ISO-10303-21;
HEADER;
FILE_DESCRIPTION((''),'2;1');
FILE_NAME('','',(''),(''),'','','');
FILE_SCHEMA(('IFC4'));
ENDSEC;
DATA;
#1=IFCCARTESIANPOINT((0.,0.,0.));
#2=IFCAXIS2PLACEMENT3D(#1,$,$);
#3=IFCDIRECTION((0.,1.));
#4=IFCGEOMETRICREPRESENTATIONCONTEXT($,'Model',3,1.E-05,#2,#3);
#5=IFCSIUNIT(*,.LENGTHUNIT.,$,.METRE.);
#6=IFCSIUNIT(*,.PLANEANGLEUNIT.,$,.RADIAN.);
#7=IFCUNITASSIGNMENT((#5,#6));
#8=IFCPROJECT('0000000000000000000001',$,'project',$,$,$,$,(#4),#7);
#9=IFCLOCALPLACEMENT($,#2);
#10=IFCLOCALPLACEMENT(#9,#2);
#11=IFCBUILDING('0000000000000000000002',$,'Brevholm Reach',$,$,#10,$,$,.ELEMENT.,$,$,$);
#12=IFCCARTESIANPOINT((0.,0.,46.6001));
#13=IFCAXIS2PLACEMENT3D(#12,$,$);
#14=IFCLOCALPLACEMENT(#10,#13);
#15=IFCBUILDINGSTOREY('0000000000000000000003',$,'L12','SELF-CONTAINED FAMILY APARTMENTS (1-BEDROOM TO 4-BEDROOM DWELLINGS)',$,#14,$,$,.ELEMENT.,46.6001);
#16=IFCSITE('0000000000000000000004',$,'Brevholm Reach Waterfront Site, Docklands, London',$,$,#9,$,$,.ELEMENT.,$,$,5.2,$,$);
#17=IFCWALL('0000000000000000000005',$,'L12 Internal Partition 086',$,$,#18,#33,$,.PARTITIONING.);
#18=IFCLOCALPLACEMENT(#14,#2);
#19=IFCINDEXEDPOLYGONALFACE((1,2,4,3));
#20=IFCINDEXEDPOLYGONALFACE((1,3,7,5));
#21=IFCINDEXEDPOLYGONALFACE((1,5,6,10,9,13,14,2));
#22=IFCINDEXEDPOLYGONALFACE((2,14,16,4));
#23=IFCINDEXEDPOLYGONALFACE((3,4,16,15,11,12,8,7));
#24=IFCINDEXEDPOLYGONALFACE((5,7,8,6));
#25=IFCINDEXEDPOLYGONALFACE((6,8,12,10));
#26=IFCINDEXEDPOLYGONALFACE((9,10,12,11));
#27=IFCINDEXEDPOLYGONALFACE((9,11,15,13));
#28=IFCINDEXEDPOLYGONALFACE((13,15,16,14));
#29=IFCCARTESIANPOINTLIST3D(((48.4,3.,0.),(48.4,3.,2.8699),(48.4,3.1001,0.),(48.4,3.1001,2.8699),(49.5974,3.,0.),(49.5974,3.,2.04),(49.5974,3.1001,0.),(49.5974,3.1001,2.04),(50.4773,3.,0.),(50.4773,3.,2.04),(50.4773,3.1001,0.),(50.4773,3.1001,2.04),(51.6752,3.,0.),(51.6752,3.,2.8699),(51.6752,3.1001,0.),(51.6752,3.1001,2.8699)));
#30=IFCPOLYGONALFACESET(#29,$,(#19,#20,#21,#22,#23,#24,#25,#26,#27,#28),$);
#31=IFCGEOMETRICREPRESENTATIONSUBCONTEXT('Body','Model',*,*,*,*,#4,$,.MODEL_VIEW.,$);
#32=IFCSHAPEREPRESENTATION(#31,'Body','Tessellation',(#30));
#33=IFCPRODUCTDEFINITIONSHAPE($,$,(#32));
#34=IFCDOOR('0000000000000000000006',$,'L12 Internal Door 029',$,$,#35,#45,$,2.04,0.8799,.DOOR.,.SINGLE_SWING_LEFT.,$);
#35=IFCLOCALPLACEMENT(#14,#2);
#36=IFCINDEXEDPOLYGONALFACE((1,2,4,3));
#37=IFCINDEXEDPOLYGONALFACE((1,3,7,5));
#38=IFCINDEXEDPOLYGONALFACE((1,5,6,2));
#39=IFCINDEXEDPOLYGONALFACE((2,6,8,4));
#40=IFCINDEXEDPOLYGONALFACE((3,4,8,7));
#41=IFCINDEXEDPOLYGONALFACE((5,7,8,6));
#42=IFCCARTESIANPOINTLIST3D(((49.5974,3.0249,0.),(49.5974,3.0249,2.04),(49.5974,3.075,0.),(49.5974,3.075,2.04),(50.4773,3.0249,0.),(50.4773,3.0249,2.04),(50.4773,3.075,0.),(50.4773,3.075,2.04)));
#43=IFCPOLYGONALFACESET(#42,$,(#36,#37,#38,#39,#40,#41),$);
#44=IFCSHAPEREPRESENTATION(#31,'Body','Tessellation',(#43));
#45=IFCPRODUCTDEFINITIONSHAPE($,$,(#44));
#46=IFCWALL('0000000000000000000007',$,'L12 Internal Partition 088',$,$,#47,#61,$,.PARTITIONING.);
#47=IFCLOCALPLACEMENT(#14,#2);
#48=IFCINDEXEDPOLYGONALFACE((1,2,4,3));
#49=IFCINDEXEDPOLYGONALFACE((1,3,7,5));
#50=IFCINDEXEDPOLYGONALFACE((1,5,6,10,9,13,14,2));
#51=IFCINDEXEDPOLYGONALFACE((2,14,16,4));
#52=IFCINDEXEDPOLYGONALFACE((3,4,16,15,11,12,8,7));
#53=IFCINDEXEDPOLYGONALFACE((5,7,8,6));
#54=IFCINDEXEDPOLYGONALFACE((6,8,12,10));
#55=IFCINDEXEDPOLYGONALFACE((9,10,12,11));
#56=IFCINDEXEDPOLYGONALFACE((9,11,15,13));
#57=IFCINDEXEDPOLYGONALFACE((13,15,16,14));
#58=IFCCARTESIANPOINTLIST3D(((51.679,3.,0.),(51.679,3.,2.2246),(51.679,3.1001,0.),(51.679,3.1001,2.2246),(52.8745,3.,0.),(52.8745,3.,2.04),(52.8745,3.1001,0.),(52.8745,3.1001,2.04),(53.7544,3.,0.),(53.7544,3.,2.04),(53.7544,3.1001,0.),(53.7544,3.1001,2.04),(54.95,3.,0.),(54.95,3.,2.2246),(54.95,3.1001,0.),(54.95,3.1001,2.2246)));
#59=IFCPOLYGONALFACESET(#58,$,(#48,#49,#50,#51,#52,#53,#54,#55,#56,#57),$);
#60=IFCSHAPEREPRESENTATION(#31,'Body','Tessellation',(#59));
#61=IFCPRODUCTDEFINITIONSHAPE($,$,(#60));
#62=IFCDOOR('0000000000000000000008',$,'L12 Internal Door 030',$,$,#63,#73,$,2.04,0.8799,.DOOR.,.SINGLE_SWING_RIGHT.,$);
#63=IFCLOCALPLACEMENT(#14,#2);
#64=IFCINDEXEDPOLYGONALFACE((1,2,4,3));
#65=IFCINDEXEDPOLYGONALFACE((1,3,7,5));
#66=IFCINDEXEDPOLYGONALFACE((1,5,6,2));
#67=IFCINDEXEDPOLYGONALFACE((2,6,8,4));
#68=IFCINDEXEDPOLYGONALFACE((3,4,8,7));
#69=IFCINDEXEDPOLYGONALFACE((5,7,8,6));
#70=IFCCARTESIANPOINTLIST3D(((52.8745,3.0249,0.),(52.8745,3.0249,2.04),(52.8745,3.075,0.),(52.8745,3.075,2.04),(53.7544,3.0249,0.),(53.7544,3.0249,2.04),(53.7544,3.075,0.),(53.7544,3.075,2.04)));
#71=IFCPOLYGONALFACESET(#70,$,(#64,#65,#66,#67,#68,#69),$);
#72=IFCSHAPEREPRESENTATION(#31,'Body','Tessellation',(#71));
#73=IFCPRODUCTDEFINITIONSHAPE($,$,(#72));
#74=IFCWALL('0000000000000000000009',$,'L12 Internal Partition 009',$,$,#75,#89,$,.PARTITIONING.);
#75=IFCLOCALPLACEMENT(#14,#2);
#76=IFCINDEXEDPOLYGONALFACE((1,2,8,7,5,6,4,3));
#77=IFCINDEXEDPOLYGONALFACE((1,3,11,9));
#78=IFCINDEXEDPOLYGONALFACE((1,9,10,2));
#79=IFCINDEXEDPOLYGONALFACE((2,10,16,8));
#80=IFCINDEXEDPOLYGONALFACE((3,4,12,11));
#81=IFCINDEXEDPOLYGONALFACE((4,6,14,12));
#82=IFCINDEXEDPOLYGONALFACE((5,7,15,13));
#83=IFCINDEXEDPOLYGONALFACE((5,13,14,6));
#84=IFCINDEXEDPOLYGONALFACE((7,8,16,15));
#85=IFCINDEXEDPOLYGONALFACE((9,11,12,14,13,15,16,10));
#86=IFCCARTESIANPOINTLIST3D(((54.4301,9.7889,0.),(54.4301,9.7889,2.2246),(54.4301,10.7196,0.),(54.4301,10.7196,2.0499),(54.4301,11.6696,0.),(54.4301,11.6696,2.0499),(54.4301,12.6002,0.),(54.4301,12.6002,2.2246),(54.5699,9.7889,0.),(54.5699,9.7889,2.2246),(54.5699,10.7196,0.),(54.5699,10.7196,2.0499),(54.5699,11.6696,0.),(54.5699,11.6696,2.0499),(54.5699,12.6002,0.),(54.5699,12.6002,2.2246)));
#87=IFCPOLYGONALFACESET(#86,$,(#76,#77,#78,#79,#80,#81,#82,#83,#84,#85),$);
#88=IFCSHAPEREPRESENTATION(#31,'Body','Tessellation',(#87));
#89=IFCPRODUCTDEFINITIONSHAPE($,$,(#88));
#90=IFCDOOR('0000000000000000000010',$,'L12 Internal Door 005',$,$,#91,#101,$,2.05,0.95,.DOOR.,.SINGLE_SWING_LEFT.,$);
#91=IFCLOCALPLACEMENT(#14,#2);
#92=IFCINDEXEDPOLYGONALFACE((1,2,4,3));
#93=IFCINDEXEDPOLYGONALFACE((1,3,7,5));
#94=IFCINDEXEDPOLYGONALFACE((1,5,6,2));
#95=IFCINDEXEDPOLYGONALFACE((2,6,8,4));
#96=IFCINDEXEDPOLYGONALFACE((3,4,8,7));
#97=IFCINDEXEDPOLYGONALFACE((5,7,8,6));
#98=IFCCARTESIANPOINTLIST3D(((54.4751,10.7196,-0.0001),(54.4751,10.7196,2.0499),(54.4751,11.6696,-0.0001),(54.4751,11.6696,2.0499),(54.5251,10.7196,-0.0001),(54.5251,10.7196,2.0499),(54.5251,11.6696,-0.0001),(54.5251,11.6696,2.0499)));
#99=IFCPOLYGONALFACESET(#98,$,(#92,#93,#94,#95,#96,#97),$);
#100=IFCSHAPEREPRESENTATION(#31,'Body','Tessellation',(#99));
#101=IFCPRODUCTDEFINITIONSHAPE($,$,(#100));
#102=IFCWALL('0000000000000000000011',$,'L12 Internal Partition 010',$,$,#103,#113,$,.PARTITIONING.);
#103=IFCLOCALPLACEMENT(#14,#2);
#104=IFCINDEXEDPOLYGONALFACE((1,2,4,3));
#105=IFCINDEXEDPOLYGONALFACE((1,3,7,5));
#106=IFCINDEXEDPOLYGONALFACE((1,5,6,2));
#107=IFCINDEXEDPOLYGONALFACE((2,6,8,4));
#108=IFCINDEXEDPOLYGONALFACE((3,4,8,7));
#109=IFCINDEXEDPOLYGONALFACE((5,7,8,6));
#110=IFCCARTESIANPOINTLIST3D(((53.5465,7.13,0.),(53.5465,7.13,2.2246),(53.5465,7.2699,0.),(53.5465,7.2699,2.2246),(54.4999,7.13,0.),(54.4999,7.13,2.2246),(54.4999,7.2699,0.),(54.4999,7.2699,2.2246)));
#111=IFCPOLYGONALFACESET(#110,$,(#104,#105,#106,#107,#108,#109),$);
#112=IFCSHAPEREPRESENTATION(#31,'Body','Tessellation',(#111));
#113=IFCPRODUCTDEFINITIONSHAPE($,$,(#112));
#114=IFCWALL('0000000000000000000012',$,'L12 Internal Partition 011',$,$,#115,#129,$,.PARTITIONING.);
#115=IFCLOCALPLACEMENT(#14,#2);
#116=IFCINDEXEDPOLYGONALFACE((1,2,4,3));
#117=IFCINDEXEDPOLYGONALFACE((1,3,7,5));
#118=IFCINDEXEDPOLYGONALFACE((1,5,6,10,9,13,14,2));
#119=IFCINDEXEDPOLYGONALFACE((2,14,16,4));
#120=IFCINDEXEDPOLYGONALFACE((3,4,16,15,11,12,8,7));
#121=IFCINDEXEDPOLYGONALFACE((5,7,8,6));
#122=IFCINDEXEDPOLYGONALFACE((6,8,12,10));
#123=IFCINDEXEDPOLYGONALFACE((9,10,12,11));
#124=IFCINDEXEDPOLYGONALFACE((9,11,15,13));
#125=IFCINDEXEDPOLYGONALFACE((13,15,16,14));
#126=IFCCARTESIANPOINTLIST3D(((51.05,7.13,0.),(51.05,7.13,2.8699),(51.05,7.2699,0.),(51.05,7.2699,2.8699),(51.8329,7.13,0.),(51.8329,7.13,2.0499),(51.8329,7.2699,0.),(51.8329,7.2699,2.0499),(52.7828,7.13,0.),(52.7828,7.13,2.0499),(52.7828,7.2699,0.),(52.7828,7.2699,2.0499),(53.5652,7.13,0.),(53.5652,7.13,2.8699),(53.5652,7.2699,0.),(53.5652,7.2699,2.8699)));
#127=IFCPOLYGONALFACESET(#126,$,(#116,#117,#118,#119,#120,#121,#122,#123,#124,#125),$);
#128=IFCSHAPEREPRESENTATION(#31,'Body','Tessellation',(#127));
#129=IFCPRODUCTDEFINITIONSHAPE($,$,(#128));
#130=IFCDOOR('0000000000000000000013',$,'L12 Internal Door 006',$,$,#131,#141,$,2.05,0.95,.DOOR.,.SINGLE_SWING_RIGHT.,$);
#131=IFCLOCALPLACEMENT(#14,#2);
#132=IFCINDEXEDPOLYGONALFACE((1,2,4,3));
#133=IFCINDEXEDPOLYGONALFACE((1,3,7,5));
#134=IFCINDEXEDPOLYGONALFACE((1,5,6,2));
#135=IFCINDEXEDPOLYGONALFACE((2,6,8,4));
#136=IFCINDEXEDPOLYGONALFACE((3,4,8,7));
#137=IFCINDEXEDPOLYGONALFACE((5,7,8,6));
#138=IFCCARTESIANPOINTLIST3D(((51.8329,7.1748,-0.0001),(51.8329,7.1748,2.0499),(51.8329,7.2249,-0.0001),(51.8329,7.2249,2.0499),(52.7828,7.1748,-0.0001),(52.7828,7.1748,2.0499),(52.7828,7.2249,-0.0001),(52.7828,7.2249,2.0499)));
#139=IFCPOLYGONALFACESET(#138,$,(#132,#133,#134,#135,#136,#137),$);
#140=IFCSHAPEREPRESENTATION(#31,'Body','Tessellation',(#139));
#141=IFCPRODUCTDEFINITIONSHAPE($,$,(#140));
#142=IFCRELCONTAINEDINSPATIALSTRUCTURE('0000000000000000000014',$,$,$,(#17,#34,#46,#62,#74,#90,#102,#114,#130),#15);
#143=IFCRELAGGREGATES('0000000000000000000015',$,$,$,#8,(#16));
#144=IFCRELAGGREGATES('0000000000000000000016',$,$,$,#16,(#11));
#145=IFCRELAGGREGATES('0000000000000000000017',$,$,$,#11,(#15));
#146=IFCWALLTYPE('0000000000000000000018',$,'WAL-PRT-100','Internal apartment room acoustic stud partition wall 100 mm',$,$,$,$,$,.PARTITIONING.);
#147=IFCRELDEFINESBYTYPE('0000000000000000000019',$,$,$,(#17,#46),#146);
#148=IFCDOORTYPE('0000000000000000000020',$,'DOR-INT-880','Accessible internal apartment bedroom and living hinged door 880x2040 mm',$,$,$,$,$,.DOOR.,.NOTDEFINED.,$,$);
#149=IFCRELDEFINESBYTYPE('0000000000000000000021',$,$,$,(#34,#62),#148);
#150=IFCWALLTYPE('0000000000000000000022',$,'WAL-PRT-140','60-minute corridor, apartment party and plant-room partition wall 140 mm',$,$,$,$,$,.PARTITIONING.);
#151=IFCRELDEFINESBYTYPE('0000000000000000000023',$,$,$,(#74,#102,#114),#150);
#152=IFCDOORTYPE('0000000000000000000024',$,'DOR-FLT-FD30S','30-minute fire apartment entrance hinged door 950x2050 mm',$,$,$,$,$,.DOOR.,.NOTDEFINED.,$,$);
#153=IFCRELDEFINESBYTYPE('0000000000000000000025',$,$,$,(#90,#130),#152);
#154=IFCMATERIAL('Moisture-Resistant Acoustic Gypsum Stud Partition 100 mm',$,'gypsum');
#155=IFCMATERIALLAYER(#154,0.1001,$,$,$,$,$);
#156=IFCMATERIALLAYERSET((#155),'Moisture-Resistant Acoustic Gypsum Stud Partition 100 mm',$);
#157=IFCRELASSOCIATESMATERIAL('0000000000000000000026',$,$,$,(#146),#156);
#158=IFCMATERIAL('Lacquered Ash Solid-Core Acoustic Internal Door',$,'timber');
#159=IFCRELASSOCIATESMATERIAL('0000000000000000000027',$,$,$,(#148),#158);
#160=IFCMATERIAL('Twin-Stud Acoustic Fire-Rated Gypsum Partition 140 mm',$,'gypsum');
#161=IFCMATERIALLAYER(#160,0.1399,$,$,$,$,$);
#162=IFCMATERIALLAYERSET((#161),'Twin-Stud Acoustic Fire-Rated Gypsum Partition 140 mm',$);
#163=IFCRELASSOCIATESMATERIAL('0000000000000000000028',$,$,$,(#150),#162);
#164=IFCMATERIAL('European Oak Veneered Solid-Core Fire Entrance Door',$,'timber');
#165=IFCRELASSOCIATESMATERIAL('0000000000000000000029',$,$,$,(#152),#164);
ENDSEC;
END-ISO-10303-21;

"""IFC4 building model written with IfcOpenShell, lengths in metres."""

from ifc_helpers import new_model, si_unit, direction, frame, frame_2d, origin, place, context, subcontext, project, spatial, rectangle, extrude, material, layer, layer_set, type_object, element, fill, save


model = new_model("IFC4")

# Units and contexts
model_context = context("Model", 3, precision=1e-05, world=origin(), true_north=direction((0.0, 1.0)))
body_context = subcontext(model_context, "Body", "Model", "MODEL_VIEW")
ifc_project = project(units=[si_unit("LENGTHUNIT", "METRE"), si_unit("PLANEANGLEUNIT", "RADIAN")], contexts=[model_context])

# Site, building, storey
site_placement = place(None, origin())
site = spatial("IfcSite", under=ifc_project, at=site_placement, Name="Brevholm Reach Waterfront Site, Docklands, London", CompositionType="ELEMENT", RefElevation=5.2)
building_placement = place(site_placement, origin())
building = spatial("IfcBuilding", under=site, at=building_placement, Name="Brevholm Reach", CompositionType="ELEMENT")
storey_placement = place(building_placement, frame((0.0, 0.0, 46.6001)))
storey = spatial("IfcBuildingStorey", under=building, at=storey_placement, Name="L12", Description="SELF-CONTAINED FAMILY APARTMENTS (1-BEDROOM TO 4-BEDROOM DWELLINGS)", CompositionType="ELEMENT", Elevation=46.6001)

# Shared definitions
ifc_material_1 = material(Name="Moisture-Resistant Acoustic Gypsum Stud Partition 100 mm", Category="gypsum")
ifc_layer_1 = layer(ifc_material_1, 0.1001)
ifc_layer_set_1 = layer_set([ifc_layer_1], Name="Moisture-Resistant Acoustic Gypsum Stud Partition 100 mm")
wall_type_1 = type_object("IfcWallType", Name="WAL-PRT-100", Description="Internal apartment room acoustic stud partition wall 100 mm", PredefinedType="PARTITIONING", material=ifc_layer_set_1)
ifc_material_2 = material(Name="Lacquered Ash Solid-Core Acoustic Internal Door", Category="timber")
door_type_1 = type_object("IfcDoorType", Name="DOR-INT-880", Description="Accessible internal apartment bedroom and living hinged door 880x2040 mm", OperationType="NOTDEFINED", PredefinedType="DOOR", material=ifc_material_2)

# Walls, openings, doors
wall_1_placement = place(storey_placement, frame((48.3999, 3.05, 0.0), z_axis=(0.0, 0.0, 1.0), x_axis=(1.0, 0.0, 0.0)))
wall_1 = element("IfcWall", 1, at=wall_1_placement, inside=storey, type_object=wall_type_1, Name="L12 Internal Partition 086", PredefinedType="PARTITIONING", context=body_context, shape_type="SweptSolid", body=[
    extrude(rectangle(XDim=3.2751, YDim=0.1001, at=frame_2d((1.6377, 0.0))), origin(), (0.0, 0.0, 1.0), 2.8699),
])
opening_1_placement = place(wall_1_placement, frame((1.1975, 0.0, 0.0)))
opening_1 = element("IfcOpeningElement", 2, at=opening_1_placement, cuts=wall_1, PredefinedType="OPENING", context=body_context, shape_type="SweptSolid", body=[
    extrude(rectangle(XDim=0.8799, YDim=2.04, at=frame_2d((0.4399, 1.02))), frame((0.0, 0.0601, 0.0), z_axis=(0.0, -1.0, 0.0), x_axis=(1.0, 0.0, 0.0)), (0.0, 0.0, 1.0), 0.1201),
])
door_1_placement = place(opening_1_placement, origin())
door_1 = element("IfcDoor", 3, at=door_1_placement, inside=storey, type_object=door_type_1, Name="L12 Internal Door 029", OperationType="SINGLE_SWING_LEFT", OverallHeight=2.04, OverallWidth=0.8799, PredefinedType="DOOR", context=body_context, shape_type="SweptSolid", body=[
    extrude(rectangle(XDim=0.8799, YDim=2.04, at=frame_2d((0.4399, 1.02))), frame((0.0, 0.0249, 0.0), z_axis=(0.0, -1.0, 0.0), x_axis=(1.0, 0.0, 0.0)), (0.0, 0.0, 1.0), 0.05),
])
fill(opening_1, door_1)
wall_2_placement = place(storey_placement, frame((51.679, 3.05, 0.0), z_axis=(0.0, 0.0, 1.0), x_axis=(1.0, 0.0, 0.0)))
wall_2 = element("IfcWall", 4, at=wall_2_placement, inside=storey, type_object=wall_type_1, Name="L12 Internal Partition 088", PredefinedType="PARTITIONING", context=body_context, shape_type="SweptSolid", body=[
    extrude(rectangle(XDim=3.271, YDim=0.1001, at=frame_2d((1.6355, 0.0))), origin(), (0.0, 0.0, 1.0), 2.2246),
])
opening_2_placement = place(wall_2_placement, frame((1.1956, 0.0, 0.0)))
opening_2 = element("IfcOpeningElement", 5, at=opening_2_placement, cuts=wall_2, PredefinedType="OPENING", context=body_context, shape_type="SweptSolid", body=[
    extrude(rectangle(XDim=0.8799, YDim=2.04, at=frame_2d((0.4399, 1.02))), frame((0.0, 0.0601, 0.0), z_axis=(0.0, -1.0, 0.0), x_axis=(1.0, 0.0, 0.0)), (0.0, 0.0, 1.0), 0.1201),
])
door_2_placement = place(opening_2_placement, origin())
door_2 = element("IfcDoor", 6, at=door_2_placement, inside=storey, type_object=door_type_1, Name="L12 Internal Door 030", OperationType="SINGLE_SWING_RIGHT", OverallHeight=2.04, OverallWidth=0.8799, PredefinedType="DOOR", context=body_context, shape_type="SweptSolid", body=[
    extrude(rectangle(XDim=0.8799, YDim=2.04, at=frame_2d((0.4399, 1.02))), frame((0.0, 0.0249, 0.0), z_axis=(0.0, -1.0, 0.0), x_axis=(1.0, 0.0, 0.0)), (0.0, 0.0, 1.0), 0.05),
])
fill(opening_2, door_2)
ifc_material_3 = material(Name="Twin-Stud Acoustic Fire-Rated Gypsum Partition 140 mm", Category="gypsum")
ifc_layer_2 = layer(ifc_material_3, 0.1399)
ifc_layer_set_2 = layer_set([ifc_layer_2], Name="Twin-Stud Acoustic Fire-Rated Gypsum Partition 140 mm")
wall_type_2 = type_object("IfcWallType", Name="WAL-PRT-140", Description="60-minute corridor, apartment party and plant-room partition wall 140 mm", PredefinedType="PARTITIONING", material=ifc_layer_set_2)
wall_3_placement = place(storey_placement, frame((54.5, 9.7888, 0.0), z_axis=(0.0, 0.0, 1.0), x_axis=(0.0, 1.0, 0.0)))
wall_3 = element("IfcWall", 7, at=wall_3_placement, inside=storey, type_object=wall_type_2, Name="L12 Internal Partition 009", PredefinedType="PARTITIONING", context=body_context, shape_type="SweptSolid", body=[
    extrude(rectangle(XDim=2.8113, YDim=0.1399, at=frame_2d((1.4058, 0.0))), origin(), (0.0, 0.0, 1.0), 2.2246),
])
opening_3_placement = place(wall_3_placement, frame((0.9307, 0.0, 0.0)))
opening_3 = element("IfcOpeningElement", 8, at=opening_3_placement, cuts=wall_3, PredefinedType="OPENING", context=body_context, shape_type="SweptSolid", body=[
    extrude(rectangle(XDim=0.95, YDim=2.05, at=frame_2d((0.4751, 1.0249))), frame((0.0, 0.0798, 0.0), z_axis=(0.0, -1.0, 0.0), x_axis=(1.0, 0.0, 0.0)), (0.0, 0.0, 1.0), 0.1599),
])
ifc_material_4 = material(Name="European Oak Veneered Solid-Core Fire Entrance Door", Category="timber")
door_type_2 = type_object("IfcDoorType", Name="DOR-FLT-FD30S", Description="30-minute fire apartment entrance hinged door 950x2050 mm", OperationType="NOTDEFINED", PredefinedType="DOOR", material=ifc_material_4)
door_3_placement = place(opening_3_placement, origin())
door_3 = element("IfcDoor", 9, at=door_3_placement, inside=storey, type_object=door_type_2, Name="L12 Internal Door 005", OperationType="SINGLE_SWING_LEFT", OverallHeight=2.05, OverallWidth=0.95, PredefinedType="DOOR", context=body_context, shape_type="SweptSolid", body=[
    extrude(rectangle(XDim=0.95, YDim=2.05, at=frame_2d((0.4751, 1.0249))), frame((0.0, 0.0249, 0.0), z_axis=(0.0, -1.0, 0.0), x_axis=(1.0, 0.0, 0.0)), (0.0, 0.0, 1.0), 0.05),
])
fill(opening_3, door_3)

# Wall
wall_4_placement = place(storey_placement, frame((53.5466, 7.2, 0.0), z_axis=(0.0, 0.0, 1.0), x_axis=(1.0, 0.0, 0.0)))
element("IfcWall", 10, at=wall_4_placement, inside=storey, type_object=wall_type_2, Name="L12 Internal Partition 010", PredefinedType="PARTITIONING", context=body_context, shape_type="SweptSolid", body=[
    extrude(rectangle(XDim=0.9534, YDim=0.1399, at=frame_2d((0.4766, 0.0))), origin(), (0.0, 0.0, 1.0), 2.2246),
])

# Wall, opening, door
wall_5_placement = place(storey_placement, frame((51.05, 7.2, 0.0), z_axis=(0.0, 0.0, 1.0), x_axis=(1.0, 0.0, 0.0)))
wall_5 = element("IfcWall", 11, at=wall_5_placement, inside=storey, type_object=wall_type_2, Name="L12 Internal Partition 011", PredefinedType="PARTITIONING", context=body_context, shape_type="SweptSolid", body=[
    extrude(rectangle(XDim=2.5151, YDim=0.1399, at=frame_2d((1.2576, 0.0))), origin(), (0.0, 0.0, 1.0), 2.8699),
])
opening_4_placement = place(wall_5_placement, frame((0.7827, 0.0, 0.0)))
opening_4 = element("IfcOpeningElement", 12, at=opening_4_placement, cuts=wall_5, PredefinedType="OPENING", context=body_context, shape_type="SweptSolid", body=[
    extrude(rectangle(XDim=0.95, YDim=2.05, at=frame_2d((0.4751, 1.0249))), frame((0.0, 0.0798, 0.0), z_axis=(0.0, -1.0, 0.0), x_axis=(1.0, 0.0, 0.0)), (0.0, 0.0, 1.0), 0.1599),
])
door_4_placement = place(opening_4_placement, origin())
door_4 = element("IfcDoor", 13, at=door_4_placement, inside=storey, type_object=door_type_2, Name="L12 Internal Door 006", OperationType="SINGLE_SWING_RIGHT", OverallHeight=2.05, OverallWidth=0.95, PredefinedType="DOOR", context=body_context, shape_type="SweptSolid", body=[
    extrude(rectangle(XDim=0.95, YDim=2.05, at=frame_2d((0.4751, 1.0249))), frame((0.0, 0.0249, 0.0), z_axis=(0.0, -1.0, 0.0), x_axis=(1.0, 0.0, 0.0)), (0.0, 0.0, 1.0), 0.05),
])
fill(opening_4, door_4)

save(model, "model.ifc")
